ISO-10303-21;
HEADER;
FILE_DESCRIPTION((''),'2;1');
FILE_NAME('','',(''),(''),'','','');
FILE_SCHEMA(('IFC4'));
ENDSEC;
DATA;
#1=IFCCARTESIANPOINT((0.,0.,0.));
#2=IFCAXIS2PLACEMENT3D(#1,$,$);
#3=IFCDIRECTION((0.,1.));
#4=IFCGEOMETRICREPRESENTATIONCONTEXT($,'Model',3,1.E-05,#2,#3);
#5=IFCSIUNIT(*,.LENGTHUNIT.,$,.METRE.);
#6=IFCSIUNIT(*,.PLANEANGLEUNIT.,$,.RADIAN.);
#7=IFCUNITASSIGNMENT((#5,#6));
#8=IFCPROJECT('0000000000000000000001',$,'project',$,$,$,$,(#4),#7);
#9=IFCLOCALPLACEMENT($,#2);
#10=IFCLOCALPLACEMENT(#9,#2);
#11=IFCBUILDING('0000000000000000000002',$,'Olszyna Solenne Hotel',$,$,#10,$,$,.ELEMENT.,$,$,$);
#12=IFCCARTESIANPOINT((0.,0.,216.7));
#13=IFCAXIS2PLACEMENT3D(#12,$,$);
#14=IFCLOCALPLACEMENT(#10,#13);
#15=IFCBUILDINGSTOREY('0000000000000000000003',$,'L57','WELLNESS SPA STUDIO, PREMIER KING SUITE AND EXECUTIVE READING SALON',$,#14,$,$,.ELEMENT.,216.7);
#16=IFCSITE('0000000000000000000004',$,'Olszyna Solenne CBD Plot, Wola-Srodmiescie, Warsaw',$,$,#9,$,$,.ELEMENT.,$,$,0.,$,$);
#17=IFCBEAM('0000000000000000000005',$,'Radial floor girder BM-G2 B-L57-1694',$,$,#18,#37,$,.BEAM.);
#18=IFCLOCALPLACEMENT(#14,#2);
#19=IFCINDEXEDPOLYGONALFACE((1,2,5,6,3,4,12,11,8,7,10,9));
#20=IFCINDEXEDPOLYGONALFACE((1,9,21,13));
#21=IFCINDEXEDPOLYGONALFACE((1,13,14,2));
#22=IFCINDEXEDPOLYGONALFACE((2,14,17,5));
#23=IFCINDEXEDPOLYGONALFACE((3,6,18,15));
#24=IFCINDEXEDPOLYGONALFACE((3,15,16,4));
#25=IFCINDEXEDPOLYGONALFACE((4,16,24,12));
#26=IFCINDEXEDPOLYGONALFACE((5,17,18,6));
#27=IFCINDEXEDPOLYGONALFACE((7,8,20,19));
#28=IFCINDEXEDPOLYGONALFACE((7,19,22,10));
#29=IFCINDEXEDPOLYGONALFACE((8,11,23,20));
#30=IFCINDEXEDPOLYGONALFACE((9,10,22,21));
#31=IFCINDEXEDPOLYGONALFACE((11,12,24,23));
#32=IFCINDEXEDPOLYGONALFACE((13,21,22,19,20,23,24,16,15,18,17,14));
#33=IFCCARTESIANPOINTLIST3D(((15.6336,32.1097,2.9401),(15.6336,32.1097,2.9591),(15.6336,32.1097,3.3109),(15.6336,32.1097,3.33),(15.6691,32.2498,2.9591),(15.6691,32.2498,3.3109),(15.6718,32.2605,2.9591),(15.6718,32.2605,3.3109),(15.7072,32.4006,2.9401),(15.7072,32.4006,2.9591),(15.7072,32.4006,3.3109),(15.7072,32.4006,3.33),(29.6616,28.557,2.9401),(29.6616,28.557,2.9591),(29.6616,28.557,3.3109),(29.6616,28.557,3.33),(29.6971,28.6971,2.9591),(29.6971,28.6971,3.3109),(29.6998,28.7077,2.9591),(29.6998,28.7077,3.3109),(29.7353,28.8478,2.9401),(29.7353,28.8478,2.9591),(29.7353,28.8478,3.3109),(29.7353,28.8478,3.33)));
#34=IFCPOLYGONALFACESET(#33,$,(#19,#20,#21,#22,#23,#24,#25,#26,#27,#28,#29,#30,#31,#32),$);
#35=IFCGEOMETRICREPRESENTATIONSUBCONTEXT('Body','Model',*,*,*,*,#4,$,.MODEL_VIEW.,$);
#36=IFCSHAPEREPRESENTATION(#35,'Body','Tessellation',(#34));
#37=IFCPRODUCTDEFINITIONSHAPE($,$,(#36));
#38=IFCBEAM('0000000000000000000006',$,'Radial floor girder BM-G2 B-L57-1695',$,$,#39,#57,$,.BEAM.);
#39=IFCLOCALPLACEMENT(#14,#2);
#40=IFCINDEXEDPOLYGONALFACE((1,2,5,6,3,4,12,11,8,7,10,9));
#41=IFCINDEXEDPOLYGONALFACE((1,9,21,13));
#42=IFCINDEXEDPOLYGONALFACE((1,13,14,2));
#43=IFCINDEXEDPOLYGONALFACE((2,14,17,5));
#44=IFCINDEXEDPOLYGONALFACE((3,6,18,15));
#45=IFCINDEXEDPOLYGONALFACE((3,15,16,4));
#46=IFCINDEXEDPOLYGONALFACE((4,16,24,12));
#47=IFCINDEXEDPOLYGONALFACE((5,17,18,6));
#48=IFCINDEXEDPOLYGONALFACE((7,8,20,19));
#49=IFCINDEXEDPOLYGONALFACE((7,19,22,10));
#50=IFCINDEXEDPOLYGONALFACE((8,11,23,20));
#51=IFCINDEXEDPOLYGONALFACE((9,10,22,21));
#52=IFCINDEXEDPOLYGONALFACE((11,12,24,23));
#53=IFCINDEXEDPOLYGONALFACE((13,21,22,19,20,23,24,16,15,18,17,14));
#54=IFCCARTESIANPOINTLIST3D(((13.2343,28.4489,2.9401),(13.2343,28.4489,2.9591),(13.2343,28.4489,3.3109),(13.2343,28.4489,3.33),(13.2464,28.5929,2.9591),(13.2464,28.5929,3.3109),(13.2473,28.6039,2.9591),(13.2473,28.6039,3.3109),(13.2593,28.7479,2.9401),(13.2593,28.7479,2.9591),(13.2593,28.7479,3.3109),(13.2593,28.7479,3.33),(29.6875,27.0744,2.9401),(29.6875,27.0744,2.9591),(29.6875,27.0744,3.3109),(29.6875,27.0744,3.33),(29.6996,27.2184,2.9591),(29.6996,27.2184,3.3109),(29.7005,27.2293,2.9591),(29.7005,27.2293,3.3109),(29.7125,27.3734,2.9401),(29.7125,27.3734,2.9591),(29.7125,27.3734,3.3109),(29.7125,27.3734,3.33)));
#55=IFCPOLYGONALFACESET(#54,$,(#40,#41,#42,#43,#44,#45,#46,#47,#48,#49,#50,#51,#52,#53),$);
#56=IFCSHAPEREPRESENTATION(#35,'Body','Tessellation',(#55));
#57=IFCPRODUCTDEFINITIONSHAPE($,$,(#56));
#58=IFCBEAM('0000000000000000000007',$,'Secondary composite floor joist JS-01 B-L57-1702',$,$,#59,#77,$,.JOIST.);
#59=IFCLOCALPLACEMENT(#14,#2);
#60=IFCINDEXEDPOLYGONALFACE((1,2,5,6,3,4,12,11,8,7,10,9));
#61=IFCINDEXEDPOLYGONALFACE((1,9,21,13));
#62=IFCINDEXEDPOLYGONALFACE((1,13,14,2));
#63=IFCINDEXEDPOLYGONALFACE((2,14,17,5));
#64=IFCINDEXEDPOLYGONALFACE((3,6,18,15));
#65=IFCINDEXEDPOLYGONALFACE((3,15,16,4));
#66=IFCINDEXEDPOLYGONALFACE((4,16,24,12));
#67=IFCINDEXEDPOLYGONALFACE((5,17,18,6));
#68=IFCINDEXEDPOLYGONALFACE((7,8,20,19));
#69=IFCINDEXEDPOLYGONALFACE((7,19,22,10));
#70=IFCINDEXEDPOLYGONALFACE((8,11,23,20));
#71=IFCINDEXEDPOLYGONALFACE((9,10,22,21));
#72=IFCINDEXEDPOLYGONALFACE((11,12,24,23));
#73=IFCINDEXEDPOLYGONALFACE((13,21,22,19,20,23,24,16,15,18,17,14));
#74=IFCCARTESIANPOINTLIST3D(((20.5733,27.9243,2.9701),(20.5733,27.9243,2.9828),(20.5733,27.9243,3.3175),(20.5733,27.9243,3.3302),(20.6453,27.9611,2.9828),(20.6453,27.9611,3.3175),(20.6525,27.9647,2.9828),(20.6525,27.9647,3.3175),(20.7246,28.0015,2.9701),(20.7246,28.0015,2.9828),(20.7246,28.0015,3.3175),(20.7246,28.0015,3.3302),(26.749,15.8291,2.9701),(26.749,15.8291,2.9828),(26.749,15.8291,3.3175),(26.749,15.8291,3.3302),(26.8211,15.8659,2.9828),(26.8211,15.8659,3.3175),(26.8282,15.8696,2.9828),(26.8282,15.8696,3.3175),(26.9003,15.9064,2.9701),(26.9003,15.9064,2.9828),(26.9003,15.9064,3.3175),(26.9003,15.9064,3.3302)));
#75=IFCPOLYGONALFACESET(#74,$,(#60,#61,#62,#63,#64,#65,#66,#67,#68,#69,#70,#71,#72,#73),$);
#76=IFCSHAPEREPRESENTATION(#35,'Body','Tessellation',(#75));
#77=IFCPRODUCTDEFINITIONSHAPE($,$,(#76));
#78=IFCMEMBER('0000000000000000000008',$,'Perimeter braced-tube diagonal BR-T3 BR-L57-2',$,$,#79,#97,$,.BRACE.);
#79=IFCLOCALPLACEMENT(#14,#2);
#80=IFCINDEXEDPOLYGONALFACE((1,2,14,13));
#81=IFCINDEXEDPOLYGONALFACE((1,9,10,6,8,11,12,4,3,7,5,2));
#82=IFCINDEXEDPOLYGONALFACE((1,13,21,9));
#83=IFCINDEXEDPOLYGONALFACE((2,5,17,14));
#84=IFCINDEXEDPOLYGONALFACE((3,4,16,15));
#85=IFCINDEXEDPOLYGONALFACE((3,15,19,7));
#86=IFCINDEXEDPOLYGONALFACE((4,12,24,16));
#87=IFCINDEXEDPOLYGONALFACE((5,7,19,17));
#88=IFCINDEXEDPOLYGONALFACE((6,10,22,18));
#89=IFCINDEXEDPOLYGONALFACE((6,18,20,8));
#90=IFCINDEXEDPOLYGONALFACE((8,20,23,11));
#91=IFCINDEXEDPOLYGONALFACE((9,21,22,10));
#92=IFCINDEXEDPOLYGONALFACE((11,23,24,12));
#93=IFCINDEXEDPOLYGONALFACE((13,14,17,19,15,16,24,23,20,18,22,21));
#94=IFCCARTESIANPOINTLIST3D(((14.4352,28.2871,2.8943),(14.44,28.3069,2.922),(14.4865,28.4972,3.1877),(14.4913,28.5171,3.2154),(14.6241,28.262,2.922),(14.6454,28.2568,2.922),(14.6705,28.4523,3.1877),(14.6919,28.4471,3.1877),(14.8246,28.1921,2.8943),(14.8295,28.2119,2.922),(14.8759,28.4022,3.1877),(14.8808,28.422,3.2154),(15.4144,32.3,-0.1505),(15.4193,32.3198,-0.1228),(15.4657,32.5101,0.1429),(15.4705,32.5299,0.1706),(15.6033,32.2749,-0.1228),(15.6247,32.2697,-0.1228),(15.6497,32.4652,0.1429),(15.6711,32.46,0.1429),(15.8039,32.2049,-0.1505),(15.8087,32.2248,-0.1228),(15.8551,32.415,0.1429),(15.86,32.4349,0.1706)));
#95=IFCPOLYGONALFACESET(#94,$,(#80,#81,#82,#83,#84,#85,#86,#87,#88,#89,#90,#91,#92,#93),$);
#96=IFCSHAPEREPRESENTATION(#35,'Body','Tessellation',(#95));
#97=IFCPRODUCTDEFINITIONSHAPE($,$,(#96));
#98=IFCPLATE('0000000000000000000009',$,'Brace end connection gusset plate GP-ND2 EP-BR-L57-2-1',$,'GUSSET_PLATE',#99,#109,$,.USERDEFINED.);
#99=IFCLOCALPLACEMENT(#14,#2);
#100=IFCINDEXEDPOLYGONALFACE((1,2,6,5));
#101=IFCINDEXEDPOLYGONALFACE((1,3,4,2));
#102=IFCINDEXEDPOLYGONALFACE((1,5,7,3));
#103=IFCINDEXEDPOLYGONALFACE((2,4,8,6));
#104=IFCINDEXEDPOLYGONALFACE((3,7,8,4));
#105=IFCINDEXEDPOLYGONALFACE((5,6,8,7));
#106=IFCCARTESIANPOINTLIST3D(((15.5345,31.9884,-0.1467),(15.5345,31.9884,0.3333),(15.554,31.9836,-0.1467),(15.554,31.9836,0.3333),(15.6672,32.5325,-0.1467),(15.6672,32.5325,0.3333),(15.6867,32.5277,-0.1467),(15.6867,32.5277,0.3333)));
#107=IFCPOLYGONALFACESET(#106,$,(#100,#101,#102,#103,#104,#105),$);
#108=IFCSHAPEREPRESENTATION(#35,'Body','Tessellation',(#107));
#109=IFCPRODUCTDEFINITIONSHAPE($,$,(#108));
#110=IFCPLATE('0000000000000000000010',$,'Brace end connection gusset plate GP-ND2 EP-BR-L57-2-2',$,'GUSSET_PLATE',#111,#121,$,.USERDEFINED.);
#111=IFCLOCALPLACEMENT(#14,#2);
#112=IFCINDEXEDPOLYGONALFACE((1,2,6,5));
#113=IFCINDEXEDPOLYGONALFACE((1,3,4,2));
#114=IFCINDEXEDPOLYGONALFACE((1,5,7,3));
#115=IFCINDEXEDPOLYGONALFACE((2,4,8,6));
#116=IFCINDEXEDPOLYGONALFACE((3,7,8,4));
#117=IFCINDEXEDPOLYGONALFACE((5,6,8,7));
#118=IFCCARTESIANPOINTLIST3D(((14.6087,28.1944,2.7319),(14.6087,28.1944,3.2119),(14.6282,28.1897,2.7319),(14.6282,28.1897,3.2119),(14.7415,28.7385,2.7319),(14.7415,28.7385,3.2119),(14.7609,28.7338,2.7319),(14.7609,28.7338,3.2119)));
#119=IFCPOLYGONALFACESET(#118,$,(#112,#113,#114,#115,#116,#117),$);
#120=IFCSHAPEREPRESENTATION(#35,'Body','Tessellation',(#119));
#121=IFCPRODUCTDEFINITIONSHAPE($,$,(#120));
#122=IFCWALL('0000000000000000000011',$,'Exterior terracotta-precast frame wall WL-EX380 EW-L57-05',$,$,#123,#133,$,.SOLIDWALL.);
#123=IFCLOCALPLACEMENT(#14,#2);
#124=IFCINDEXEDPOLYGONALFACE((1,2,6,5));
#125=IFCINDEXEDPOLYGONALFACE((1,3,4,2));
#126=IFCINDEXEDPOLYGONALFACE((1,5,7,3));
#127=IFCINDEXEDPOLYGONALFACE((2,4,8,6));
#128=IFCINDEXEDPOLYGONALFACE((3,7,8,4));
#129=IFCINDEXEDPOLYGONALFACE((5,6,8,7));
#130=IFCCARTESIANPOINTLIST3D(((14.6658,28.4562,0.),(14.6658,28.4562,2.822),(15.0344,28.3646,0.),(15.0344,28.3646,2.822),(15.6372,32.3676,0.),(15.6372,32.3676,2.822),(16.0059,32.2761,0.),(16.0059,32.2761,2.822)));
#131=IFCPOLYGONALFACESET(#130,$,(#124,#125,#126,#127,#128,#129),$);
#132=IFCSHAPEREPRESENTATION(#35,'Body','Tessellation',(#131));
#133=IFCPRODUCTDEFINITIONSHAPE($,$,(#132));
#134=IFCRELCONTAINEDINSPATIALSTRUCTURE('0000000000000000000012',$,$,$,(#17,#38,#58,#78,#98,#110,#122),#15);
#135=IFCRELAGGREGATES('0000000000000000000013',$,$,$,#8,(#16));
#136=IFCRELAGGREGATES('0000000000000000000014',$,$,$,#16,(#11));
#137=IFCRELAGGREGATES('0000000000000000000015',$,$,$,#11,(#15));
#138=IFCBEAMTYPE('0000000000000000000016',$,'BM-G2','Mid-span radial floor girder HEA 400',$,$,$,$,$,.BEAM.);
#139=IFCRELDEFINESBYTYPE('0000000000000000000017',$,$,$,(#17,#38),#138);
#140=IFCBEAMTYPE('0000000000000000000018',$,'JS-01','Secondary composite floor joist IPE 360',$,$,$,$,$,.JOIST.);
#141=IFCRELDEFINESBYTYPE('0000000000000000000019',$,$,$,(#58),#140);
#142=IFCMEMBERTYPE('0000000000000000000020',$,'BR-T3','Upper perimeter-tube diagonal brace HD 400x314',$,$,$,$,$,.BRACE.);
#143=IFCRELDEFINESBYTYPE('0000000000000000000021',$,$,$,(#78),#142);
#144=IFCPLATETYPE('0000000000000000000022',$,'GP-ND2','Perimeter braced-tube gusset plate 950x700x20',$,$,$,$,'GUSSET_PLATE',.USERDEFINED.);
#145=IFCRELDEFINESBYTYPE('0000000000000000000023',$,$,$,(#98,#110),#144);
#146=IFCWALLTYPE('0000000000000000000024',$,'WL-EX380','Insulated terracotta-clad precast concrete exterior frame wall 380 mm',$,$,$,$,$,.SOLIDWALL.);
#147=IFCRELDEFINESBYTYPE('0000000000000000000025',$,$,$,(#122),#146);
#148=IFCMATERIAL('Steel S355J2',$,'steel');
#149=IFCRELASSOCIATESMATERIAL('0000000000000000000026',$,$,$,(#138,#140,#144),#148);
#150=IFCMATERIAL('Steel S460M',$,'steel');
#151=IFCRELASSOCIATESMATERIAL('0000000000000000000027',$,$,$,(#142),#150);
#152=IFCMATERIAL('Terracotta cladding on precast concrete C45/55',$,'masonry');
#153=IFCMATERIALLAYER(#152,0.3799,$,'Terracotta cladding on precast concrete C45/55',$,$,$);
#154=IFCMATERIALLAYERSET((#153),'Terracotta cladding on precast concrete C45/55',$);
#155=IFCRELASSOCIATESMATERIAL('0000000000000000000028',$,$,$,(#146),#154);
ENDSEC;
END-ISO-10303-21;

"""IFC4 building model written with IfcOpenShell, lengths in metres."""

from ifc_helpers import new_model, si_unit, direction, frame, frame_2d, origin, origin_2d, place, context, subcontext, project, spatial, rectangle, i_section, extrude, source, transform, mapped, material, layer, layer_set, material_profile, profile_set, type_object, element, save


model = new_model("IFC4")

# Units and contexts
model_context = context("Model", 3, precision=1e-05, world=origin(), true_north=direction((0.0, 1.0)))
body_context = subcontext(model_context, "Body", "Model", "MODEL_VIEW")
ifc_project = project(units=[si_unit("LENGTHUNIT", "METRE"), si_unit("PLANEANGLEUNIT", "RADIAN")], contexts=[model_context])

# Site, building, storey
site_placement = place(None, origin())
site = spatial("IfcSite", under=ifc_project, at=site_placement, Name="Olszyna Solenne CBD Plot, Wola-Srodmiescie, Warsaw", CompositionType="ELEMENT", RefElevation=0.0)
building_placement = place(site_placement, origin())
building = spatial("IfcBuilding", under=site, at=building_placement, Name="Olszyna Solenne Hotel", CompositionType="ELEMENT")
storey_placement = place(building_placement, frame((0.0, 0.0, 216.7)))
storey = spatial("IfcBuildingStorey", under=building, at=storey_placement, Name="L57", Description="WELLNESS SPA STUDIO, PREMIER KING SUITE AND EXECUTIVE READING SALON", CompositionType="ELEMENT", Elevation=216.7)

# Shared definitions
ifc_material_1 = material(Name="Steel S460M", Category="steel")

# Beams
ifc_material_2 = material(Name="Steel S355J2", Category="steel")
ifc_material_profile_1 = material_profile(ifc_material_2, i_section(OverallWidth=0.3, OverallDepth=0.3899, WebThickness=0.011, FlangeThickness=0.019, at=origin_2d()), Name="HEA 400", Category="load-bearing")
ifc_profile_set_1 = profile_set([ifc_material_profile_1], Name="Steel S355J2")
beam_type_1 = type_object("IfcBeamType", Name="BM-G2", Description="Mid-span radial floor girder HEA 400", PredefinedType="BEAM", material=ifc_profile_set_1)
shared_shape_1 = source(origin(), body_context, "Body", "SweptSolid", [
    extrude(i_section(OverallWidth=0.3, OverallDepth=0.3899, WebThickness=0.011, FlangeThickness=0.019, at=origin_2d()), origin(), (0.0, 0.0, 1.0), 14.4709),
])
beam_1_placement = place(storey_placement, frame((15.6704, 32.2551, 3.135), z_axis=(0.969395, -0.245508, 0.0), x_axis=(0.245508, 0.969395, 0.0)))
element("IfcBeam", 1, at=beam_1_placement, inside=storey, type_object=beam_type_1, Name="Radial floor girder BM-G2 B-L57-1694", PredefinedType="BEAM", context=body_context, shape_type="MappedRepresentation", body=[
    mapped(shared_shape_1, transform((0.0, 0.0, 0.0), x_axis=(1.0, 0.0, 0.0), y_axis=(0.0, 1.0, 0.0), z_axis=(0.0, 0.0, 1.0), scale=1.0)),
])
shared_shape_2 = source(origin(), body_context, "Body", "SweptSolid", [
    extrude(i_section(OverallWidth=0.3, OverallDepth=0.3899, WebThickness=0.011, FlangeThickness=0.019, at=origin_2d()), origin(), (0.0, 0.0, 1.0), 16.5105),
])
beam_2_placement = place(storey_placement, frame((13.2468, 28.5984, 3.135), z_axis=(0.996529, -0.083251, 0.0), x_axis=(0.083251, 0.996529, 0.0)))
element("IfcBeam", 2, at=beam_2_placement, inside=storey, type_object=beam_type_1, Name="Radial floor girder BM-G2 B-L57-1695", PredefinedType="BEAM", context=body_context, shape_type="MappedRepresentation", body=[
    mapped(shared_shape_2, transform((0.0, 0.0, 0.0), x_axis=(1.0, 0.0, 0.0), y_axis=(0.0, 1.0, 0.0), z_axis=(0.0, 0.0, 1.0), scale=1.0)),
])
ifc_material_profile_2 = material_profile(ifc_material_2, i_section(OverallWidth=0.1699, OverallDepth=0.3601, WebThickness=0.0081, FlangeThickness=0.0127, at=origin_2d()), Name="IPE 360", Category="load-bearing")
ifc_profile_set_2 = profile_set([ifc_material_profile_2], Name="Steel S355J2")
beam_type_2 = type_object("IfcBeamType", Name="JS-01", Description="Secondary composite floor joist IPE 360", PredefinedType="JOIST", material=ifc_profile_set_2)
shared_shape_3 = source(origin(), body_context, "Body", "SweptSolid", [
    extrude(i_section(OverallWidth=0.1699, OverallDepth=0.3601, WebThickness=0.0081, FlangeThickness=0.0127, at=origin_2d()), origin(), (0.0, 0.0, 1.0), 13.5806),
])
beam_3_placement = place(storey_placement, frame((20.6489, 27.9629, 3.1501), z_axis=(0.454748, -0.89062, 0.0), x_axis=(0.89062, 0.454748, 0.0)))
element("IfcBeam", 3, at=beam_3_placement, inside=storey, type_object=beam_type_2, Name="Secondary composite floor joist JS-01 B-L57-1702", PredefinedType="JOIST", context=body_context, shape_type="MappedRepresentation", body=[
    mapped(shared_shape_3, transform((0.0, 0.0, 0.0), x_axis=(1.0, 0.0, 0.0), y_axis=(0.0, 1.0, 0.0), z_axis=(0.0, 0.0, 1.0), scale=1.0)),
])

# Member
ifc_material_profile_3 = material_profile(ifc_material_1, i_section(OverallWidth=0.4009, OverallDepth=0.3989, WebThickness=0.022, FlangeThickness=0.0344, at=origin_2d()), Name="HD 400x314", Category="load-bearing")
ifc_profile_set_3 = profile_set([ifc_material_profile_3], Name="Steel S460M")
member_type = type_object("IfcMemberType", Name="BR-T3", Description="Upper perimeter-tube diagonal brace HD 400x314", PredefinedType="BRACE", material=ifc_profile_set_3)
shared_shape_4 = source(origin(), body_context, "Body", "SweptSolid", [
    extrude(i_section(OverallWidth=0.4009, OverallDepth=0.3989, WebThickness=0.022, FlangeThickness=0.0344, at=origin_2d()), origin(), (0.0, 0.0, 1.0), 5.1316),
])
member_placement = place(storey_placement, frame((15.6372, 32.3674, 0.01), z_axis=(-0.190824, -0.781993, 0.593357), x_axis=(0.971493, -0.237066, 0.0)))
element("IfcMember", 4, at=member_placement, inside=storey, type_object=member_type, Name="Perimeter braced-tube diagonal BR-T3 BR-L57-2", PredefinedType="BRACE", context=body_context, shape_type="MappedRepresentation", body=[
    mapped(shared_shape_4, transform((0.0, 0.0, 0.0), x_axis=(1.0, 0.0, 0.0), y_axis=(0.0, 1.0, 0.0), z_axis=(0.0, 0.0, 1.0), scale=1.0)),
])

# Plates
plate_type = type_object("IfcPlateType", Name="GP-ND2", Description="Perimeter braced-tube gusset plate 950x700x20", ElementType="GUSSET_PLATE", PredefinedType="USERDEFINED", material=ifc_material_2)
shared_shape_5 = source(origin(), body_context, "Body", "SweptSolid", [
    extrude(rectangle(XDim=0.5601, YDim=0.02, at=origin_2d()), origin(), (0.0, 0.0, 1.0), 0.48),
])
for number, where, z_axis, x_axis, name in (
    (5, (15.6106, 32.2581, -0.1467), (0.0, 0.0, 1.0), (-0.237008, -0.971508, 0.0), "Brace end connection gusset plate GP-ND2 EP-BR-L57-2-1"),
    (6, (14.6848, 28.4641, 2.7319), (0.0, 0.0, 1.0), (-0.237008, -0.971508, 0.0), "Brace end connection gusset plate GP-ND2 EP-BR-L57-2-2"),
):
    element("IfcPlate", number, at=place(storey_placement, frame(where, z_axis=z_axis, x_axis=x_axis)), inside=storey, type_object=plate_type, Name=name, ObjectType="GUSSET_PLATE", PredefinedType="USERDEFINED", context=body_context, shape_type="MappedRepresentation", body=[
        mapped(shared_shape_5, transform((0.0, 0.0, 0.0), x_axis=(1.0, 0.0, 0.0), y_axis=(0.0, 1.0, 0.0), z_axis=(0.0, 0.0, 1.0), scale=1.0)),
    ])

# Wall
ifc_material_3 = material(Name="Terracotta cladding on precast concrete C45/55", Category="masonry")
ifc_layer_1 = layer(ifc_material_3, 0.3799, Name="Terracotta cladding on precast concrete C45/55")
ifc_layer_set_1 = layer_set([ifc_layer_1], Name="Terracotta cladding on precast concrete C45/55")
wall_type_1 = type_object("IfcWallType", Name="WL-EX380", Description="Insulated terracotta-clad precast concrete exterior frame wall 380 mm", PredefinedType="SOLIDWALL", material=ifc_layer_set_1)
wall_1_placement = place(storey_placement, frame((14.8501, 28.4104, 0.0), z_axis=(0.0, 0.0, 1.0), x_axis=(0.241039, 0.970516, 0.0)))
element("IfcWall", 7, at=wall_1_placement, inside=storey, type_object=wall_type_1, Name="Exterior terracotta-precast frame wall WL-EX380 EW-L57-05", PredefinedType="SOLIDWALL", context=body_context, shape_type="SweptSolid", body=[
    extrude(rectangle(XDim=4.0303, YDim=0.3799, at=frame_2d((2.0151, 0.0))), origin(), (0.0, 0.0, 1.0), 2.822),
])

save(model, "model.ifc")
